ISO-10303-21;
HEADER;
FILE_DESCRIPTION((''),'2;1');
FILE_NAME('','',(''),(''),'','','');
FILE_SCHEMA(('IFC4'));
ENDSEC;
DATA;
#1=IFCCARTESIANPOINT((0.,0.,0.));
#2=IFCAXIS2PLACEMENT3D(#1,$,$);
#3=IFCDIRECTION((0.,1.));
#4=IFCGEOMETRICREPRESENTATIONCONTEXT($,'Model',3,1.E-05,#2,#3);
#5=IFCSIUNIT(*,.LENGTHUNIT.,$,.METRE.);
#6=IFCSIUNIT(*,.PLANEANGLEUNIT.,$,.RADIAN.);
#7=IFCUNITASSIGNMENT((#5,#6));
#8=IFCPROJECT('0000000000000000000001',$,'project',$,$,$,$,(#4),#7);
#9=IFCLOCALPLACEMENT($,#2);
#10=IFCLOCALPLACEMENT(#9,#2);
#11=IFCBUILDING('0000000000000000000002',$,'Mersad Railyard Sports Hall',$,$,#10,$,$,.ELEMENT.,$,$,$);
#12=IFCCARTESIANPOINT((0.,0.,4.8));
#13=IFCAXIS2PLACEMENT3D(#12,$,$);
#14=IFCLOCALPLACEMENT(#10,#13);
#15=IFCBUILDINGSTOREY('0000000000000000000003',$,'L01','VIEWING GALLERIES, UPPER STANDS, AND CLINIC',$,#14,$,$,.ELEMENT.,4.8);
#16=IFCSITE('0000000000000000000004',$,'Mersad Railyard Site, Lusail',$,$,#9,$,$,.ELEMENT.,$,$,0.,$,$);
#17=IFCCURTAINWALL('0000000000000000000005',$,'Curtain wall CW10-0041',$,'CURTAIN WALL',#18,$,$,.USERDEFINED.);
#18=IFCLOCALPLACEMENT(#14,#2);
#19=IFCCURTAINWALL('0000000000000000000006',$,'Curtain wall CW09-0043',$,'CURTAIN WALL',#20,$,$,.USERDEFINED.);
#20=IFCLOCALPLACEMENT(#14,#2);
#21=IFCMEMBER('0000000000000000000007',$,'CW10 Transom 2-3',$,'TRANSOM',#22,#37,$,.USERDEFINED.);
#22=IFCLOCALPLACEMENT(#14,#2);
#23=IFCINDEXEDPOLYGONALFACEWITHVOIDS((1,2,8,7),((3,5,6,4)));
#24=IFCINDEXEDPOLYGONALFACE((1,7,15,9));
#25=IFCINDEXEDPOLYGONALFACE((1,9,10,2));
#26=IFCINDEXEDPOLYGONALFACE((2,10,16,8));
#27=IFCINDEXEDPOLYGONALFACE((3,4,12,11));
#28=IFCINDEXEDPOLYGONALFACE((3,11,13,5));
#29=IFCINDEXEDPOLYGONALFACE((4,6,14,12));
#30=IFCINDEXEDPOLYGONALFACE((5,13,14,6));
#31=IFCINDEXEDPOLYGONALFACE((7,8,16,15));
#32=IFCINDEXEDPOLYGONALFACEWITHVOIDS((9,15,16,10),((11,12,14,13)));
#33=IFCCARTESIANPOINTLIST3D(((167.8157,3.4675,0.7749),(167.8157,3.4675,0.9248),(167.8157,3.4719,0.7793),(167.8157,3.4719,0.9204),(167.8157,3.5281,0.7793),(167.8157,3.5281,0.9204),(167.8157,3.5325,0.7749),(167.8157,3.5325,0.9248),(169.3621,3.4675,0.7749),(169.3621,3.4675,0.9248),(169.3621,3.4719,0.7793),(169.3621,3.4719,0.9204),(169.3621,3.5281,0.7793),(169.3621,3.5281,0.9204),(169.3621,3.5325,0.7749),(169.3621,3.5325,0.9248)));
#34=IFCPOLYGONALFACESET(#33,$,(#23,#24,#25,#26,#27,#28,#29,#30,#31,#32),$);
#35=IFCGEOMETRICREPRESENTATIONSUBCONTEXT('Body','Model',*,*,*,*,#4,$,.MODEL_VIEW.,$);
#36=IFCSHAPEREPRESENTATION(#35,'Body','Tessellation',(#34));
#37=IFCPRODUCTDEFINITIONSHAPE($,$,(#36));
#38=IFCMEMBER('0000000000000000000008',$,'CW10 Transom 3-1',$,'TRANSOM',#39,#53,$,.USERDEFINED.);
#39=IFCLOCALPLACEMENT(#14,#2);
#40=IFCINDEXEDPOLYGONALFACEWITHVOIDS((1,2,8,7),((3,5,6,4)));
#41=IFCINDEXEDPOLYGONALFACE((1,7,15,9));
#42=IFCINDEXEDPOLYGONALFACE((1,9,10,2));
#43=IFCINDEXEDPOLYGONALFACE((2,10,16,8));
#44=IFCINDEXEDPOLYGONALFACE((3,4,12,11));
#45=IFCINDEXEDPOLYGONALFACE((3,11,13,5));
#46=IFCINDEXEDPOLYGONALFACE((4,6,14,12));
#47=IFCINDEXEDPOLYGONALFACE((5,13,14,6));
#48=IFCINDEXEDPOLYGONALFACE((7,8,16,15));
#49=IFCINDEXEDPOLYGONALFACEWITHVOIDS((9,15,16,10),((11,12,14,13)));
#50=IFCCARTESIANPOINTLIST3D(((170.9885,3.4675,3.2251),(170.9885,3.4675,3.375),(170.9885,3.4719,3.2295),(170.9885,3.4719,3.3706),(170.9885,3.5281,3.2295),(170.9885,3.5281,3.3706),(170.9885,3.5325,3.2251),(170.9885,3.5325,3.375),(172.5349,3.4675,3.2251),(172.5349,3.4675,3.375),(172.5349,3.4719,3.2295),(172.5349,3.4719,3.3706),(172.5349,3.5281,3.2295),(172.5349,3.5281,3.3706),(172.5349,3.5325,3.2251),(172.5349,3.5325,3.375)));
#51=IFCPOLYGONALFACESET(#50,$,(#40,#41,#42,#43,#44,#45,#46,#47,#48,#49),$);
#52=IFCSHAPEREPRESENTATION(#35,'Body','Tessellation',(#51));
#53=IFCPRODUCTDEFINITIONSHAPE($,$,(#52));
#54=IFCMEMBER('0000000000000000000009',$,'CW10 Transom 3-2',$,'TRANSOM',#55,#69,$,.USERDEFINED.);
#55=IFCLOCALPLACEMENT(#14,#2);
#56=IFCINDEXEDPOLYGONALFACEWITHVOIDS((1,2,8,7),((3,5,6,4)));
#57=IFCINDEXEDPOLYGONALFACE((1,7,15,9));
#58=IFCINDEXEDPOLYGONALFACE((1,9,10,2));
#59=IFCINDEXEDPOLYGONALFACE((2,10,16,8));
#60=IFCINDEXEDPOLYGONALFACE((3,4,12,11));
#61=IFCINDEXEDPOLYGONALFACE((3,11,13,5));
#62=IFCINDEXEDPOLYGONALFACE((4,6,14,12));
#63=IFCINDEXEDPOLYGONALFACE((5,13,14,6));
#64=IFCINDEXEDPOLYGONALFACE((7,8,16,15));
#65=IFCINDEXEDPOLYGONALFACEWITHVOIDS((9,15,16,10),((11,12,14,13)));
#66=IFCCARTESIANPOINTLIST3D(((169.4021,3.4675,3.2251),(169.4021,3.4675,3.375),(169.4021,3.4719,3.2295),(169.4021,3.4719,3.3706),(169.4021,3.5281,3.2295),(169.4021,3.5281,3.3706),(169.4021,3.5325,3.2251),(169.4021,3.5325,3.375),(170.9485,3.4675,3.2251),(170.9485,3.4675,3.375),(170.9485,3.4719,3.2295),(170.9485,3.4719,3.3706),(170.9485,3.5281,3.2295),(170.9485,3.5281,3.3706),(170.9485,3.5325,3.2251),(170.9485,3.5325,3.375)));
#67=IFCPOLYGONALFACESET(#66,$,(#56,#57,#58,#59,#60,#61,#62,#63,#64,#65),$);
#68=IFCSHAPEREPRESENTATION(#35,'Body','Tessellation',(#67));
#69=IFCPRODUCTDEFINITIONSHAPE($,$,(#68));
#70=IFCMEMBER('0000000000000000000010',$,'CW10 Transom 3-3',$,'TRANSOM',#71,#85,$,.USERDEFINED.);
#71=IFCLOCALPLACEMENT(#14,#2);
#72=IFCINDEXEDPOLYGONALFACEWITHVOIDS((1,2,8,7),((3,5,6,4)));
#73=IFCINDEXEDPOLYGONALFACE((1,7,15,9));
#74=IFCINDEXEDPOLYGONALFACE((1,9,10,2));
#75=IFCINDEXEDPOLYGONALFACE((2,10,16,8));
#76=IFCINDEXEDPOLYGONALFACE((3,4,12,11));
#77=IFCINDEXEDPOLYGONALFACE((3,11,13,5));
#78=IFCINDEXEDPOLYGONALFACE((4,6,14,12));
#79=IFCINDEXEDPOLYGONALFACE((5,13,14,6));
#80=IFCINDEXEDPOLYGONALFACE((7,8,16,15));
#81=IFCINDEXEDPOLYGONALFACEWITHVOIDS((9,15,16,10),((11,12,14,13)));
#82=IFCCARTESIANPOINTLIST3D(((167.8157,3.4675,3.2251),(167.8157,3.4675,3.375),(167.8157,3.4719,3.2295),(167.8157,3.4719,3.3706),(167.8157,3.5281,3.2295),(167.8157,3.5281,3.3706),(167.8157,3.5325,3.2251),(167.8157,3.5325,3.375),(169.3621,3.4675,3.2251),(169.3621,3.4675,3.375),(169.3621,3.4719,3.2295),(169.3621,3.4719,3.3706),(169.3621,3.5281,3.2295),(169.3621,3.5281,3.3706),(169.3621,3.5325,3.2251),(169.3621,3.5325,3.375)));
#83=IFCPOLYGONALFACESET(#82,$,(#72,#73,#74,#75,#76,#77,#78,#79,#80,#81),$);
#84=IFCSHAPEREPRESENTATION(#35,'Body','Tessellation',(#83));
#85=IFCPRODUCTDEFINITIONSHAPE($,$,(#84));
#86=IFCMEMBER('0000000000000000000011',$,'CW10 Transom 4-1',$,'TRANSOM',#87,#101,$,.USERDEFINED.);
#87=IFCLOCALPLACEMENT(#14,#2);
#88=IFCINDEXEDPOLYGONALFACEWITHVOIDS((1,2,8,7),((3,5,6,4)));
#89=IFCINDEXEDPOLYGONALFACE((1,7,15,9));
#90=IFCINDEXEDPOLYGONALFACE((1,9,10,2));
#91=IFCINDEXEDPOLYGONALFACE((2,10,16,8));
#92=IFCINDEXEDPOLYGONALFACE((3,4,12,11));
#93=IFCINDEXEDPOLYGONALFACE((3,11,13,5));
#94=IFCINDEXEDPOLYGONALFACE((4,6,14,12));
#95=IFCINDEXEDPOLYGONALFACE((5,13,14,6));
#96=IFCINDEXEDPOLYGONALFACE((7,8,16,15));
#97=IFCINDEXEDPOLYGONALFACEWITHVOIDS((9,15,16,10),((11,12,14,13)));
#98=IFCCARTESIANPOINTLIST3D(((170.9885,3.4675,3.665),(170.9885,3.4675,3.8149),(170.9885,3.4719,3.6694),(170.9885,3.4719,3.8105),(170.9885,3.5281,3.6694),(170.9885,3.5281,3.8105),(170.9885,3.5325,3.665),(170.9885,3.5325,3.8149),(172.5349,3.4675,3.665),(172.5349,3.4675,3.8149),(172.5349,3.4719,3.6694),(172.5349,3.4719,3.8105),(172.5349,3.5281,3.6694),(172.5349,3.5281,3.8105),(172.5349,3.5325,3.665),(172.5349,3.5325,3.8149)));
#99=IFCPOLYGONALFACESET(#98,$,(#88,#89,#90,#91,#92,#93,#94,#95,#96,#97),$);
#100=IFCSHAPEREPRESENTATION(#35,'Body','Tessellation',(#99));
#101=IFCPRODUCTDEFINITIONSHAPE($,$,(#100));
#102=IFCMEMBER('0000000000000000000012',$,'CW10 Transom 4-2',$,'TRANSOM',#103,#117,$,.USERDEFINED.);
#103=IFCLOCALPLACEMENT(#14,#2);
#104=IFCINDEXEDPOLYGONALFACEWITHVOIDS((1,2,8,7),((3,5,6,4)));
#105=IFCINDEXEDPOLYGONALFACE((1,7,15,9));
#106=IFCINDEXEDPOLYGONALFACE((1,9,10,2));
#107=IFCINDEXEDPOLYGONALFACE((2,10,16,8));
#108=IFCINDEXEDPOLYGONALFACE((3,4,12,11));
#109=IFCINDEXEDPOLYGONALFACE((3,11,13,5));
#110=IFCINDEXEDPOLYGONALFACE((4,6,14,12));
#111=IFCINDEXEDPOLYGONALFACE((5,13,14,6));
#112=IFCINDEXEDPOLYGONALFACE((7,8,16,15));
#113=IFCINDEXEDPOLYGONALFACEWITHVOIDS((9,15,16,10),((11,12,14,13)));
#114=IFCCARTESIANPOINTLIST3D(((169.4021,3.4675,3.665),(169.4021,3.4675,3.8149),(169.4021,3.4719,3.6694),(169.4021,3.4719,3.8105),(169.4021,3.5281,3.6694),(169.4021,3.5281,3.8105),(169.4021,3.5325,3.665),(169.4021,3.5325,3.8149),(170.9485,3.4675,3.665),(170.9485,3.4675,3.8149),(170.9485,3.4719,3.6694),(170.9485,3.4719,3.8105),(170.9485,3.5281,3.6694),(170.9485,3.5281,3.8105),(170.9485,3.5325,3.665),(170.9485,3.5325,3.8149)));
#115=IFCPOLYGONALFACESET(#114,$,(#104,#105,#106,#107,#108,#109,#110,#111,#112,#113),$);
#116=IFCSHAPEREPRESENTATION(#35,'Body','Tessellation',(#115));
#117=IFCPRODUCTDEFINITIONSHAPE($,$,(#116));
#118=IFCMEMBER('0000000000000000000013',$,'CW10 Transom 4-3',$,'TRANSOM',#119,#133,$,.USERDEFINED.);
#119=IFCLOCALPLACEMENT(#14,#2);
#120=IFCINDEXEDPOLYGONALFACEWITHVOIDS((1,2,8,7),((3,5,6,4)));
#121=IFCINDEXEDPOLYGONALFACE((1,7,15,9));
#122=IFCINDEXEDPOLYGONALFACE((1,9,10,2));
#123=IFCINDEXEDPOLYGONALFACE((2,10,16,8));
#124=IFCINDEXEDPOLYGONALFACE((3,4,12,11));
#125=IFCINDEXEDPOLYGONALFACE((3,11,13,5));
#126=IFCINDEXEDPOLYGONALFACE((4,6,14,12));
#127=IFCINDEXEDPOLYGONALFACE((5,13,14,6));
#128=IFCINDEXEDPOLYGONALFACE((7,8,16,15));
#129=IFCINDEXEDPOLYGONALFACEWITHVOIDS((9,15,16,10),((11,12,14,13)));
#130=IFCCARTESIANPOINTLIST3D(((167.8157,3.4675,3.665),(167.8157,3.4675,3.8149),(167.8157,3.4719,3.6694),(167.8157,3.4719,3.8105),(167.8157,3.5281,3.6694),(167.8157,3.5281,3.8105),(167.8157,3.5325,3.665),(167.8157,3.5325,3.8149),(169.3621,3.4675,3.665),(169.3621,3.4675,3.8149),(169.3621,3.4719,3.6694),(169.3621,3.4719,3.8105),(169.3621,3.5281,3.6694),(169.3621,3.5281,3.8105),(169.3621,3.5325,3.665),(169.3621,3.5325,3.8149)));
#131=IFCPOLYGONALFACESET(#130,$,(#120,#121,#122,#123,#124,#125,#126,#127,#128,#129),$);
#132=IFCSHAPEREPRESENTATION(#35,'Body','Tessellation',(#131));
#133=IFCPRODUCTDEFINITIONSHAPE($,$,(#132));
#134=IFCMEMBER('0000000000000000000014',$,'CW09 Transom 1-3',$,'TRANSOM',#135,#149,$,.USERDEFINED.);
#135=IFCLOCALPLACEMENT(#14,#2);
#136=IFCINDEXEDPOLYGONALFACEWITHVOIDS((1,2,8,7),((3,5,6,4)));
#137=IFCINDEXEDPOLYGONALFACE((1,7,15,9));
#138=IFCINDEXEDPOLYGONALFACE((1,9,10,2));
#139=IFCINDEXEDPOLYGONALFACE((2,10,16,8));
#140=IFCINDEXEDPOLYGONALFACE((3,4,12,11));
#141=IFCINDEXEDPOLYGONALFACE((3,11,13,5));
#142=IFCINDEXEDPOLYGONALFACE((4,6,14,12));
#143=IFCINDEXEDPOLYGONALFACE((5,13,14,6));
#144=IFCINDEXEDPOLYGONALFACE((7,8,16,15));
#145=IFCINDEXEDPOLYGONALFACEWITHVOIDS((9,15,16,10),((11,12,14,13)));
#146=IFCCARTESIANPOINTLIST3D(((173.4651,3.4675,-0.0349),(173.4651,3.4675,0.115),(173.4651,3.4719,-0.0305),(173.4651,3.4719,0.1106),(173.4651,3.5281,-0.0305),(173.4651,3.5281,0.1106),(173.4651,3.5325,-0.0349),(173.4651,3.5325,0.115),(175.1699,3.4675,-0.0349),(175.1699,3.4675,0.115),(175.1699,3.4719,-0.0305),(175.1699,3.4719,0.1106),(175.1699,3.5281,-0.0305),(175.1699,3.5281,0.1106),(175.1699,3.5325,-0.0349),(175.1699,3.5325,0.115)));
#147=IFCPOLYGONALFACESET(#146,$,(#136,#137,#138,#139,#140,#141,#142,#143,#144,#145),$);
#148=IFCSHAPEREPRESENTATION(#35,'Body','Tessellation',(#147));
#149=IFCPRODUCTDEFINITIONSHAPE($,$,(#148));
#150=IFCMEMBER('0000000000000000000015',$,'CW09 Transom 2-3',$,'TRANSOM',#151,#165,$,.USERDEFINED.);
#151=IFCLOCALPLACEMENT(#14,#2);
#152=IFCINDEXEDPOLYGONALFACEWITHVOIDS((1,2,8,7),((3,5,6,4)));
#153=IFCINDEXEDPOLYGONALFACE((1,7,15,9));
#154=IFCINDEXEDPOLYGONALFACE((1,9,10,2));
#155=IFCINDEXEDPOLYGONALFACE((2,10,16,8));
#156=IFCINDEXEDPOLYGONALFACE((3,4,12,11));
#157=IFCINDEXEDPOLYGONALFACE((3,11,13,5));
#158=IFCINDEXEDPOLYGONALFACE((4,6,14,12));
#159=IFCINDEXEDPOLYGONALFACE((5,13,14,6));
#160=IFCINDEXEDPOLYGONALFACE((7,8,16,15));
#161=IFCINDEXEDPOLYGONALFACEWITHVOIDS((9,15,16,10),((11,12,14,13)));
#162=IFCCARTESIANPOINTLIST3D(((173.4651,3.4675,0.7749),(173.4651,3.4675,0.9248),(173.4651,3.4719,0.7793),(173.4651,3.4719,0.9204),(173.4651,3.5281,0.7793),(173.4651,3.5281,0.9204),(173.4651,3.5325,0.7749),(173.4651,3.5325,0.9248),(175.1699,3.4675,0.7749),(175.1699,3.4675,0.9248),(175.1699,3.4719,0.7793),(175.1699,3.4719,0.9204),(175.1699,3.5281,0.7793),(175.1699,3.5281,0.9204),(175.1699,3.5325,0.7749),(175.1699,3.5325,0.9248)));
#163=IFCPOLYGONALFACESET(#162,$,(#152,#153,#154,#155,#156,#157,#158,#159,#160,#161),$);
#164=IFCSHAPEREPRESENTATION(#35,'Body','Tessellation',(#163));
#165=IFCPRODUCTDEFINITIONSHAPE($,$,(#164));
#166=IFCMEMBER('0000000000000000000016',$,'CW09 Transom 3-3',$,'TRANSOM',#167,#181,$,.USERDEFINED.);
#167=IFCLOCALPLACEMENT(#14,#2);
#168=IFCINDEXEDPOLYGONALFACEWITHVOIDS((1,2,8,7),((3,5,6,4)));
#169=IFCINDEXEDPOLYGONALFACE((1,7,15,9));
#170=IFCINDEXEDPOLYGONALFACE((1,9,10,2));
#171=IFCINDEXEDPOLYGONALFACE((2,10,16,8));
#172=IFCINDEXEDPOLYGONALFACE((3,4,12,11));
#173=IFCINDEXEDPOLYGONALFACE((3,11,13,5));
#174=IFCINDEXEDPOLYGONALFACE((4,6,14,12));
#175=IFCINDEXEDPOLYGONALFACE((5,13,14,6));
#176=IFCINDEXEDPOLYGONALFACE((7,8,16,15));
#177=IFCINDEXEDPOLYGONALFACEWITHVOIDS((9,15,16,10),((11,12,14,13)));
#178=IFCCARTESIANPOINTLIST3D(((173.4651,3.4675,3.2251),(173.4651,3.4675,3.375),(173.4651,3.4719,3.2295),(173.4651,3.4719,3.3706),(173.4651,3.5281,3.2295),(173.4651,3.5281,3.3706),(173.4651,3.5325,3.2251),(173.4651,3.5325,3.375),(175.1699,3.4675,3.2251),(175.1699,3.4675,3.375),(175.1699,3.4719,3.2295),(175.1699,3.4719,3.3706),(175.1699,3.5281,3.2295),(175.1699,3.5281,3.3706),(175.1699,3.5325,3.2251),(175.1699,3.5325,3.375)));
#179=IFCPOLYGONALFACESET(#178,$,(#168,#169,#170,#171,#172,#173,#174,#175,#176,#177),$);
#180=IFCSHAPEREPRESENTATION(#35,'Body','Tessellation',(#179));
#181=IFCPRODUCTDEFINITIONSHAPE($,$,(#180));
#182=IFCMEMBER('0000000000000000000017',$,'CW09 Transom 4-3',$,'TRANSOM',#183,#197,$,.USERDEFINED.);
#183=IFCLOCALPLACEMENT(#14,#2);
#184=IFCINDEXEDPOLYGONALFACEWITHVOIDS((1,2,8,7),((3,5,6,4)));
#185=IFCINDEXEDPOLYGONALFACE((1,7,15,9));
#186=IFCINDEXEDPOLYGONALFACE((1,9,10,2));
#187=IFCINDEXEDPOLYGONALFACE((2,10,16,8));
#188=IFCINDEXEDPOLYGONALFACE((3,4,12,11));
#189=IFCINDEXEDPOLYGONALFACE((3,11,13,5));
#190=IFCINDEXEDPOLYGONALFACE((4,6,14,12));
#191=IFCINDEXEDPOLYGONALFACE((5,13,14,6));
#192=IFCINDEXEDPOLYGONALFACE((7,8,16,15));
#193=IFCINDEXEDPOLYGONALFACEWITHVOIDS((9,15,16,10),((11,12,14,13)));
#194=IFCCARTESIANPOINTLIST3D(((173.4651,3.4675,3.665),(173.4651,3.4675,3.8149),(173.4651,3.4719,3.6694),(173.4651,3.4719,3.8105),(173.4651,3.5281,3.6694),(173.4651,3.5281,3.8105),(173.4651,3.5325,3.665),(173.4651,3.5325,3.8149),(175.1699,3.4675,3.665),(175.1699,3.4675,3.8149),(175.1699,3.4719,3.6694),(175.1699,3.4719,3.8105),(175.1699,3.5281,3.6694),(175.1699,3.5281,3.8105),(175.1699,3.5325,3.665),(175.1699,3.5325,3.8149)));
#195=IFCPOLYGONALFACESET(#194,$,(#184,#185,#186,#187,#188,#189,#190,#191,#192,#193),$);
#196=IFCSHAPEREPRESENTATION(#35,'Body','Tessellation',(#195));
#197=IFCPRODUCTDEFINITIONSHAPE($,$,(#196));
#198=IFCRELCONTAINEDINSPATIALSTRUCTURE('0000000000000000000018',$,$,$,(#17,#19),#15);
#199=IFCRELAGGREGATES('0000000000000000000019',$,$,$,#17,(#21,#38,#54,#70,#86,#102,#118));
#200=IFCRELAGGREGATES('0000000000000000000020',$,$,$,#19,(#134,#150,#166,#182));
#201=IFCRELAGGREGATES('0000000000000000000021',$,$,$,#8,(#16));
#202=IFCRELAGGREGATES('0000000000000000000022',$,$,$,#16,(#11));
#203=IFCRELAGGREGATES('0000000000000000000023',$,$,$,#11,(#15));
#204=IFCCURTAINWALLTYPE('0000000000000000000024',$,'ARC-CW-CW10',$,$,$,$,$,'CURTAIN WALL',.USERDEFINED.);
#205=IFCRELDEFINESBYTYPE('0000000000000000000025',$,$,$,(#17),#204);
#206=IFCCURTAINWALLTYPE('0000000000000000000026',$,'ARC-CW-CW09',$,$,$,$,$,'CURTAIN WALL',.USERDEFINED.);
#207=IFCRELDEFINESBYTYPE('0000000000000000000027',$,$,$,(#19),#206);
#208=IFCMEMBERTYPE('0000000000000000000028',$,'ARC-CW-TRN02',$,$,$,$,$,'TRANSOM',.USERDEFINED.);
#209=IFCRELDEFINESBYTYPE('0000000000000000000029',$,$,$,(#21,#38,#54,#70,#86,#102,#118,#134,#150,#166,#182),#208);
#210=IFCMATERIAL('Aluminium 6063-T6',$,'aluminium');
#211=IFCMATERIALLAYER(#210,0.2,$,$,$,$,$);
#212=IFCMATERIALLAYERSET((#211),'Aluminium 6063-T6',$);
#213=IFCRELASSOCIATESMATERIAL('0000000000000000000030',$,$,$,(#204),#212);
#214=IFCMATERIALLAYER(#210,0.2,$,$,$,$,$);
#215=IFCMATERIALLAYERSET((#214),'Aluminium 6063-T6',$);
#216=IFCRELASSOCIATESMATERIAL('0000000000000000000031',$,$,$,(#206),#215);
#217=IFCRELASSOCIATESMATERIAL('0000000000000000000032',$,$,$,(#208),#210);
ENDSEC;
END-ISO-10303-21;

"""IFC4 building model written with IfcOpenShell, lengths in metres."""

from ifc_helpers import new_model, si_unit, direction, frame, origin, origin_2d, place, context, subcontext, project, spatial, hollow_rectangle, extrude, material, layer, layer_set, material_profile, profile_set, type_object, element, aggregate, save


model = new_model("IFC4")

# Units and contexts
model_context = context("Model", 3, precision=1e-05, world=origin(), true_north=direction((0.0, 1.0)))
body_context = subcontext(model_context, "Body", "Model", "MODEL_VIEW")
ifc_project = project(units=[si_unit("LENGTHUNIT", "METRE"), si_unit("PLANEANGLEUNIT", "RADIAN")], contexts=[model_context])

# Site, building, storey
site_placement = place(None, origin())
site = spatial("IfcSite", under=ifc_project, at=site_placement, Name="Mersad Railyard Site, Lusail", CompositionType="ELEMENT", RefElevation=0.0)
building_placement = place(site_placement, origin())
building = spatial("IfcBuilding", under=site, at=building_placement, Name="Mersad Railyard Sports Hall", CompositionType="ELEMENT")
storey_placement = place(building_placement, frame((0.0, 0.0, 4.8)))
storey = spatial("IfcBuildingStorey", under=building, at=storey_placement, Name="L01", Description="VIEWING GALLERIES, UPPER STANDS, AND CLINIC", CompositionType="ELEMENT", Elevation=4.8)

# Curtain wall
ifc_material_1 = material(Name="Aluminium 6063-T6", Category="aluminium")
ifc_layer_1 = layer(ifc_material_1, 0.2)
ifc_layer_set_1 = layer_set([ifc_layer_1], Name="Aluminium 6063-T6")
curtain_wall_type_1 = type_object("IfcCurtainWallType", Name="ARC-CW-CW10", ElementType="CURTAIN WALL", PredefinedType="USERDEFINED", material=ifc_layer_set_1)
curtain_wall_1_placement = place(storey_placement, origin())
curtain_wall_1 = element("IfcCurtainWall", 1, at=curtain_wall_1_placement, inside=storey, type_object=curtain_wall_type_1, Name="Curtain wall CW10-0041", ObjectType="CURTAIN WALL", PredefinedType="USERDEFINED")

# Curtain wall
ifc_layer_2 = layer(ifc_material_1, 0.2)
ifc_layer_set_2 = layer_set([ifc_layer_2], Name="Aluminium 6063-T6")
curtain_wall_type_2 = type_object("IfcCurtainWallType", Name="ARC-CW-CW09", ElementType="CURTAIN WALL", PredefinedType="USERDEFINED", material=ifc_layer_set_2)
curtain_wall_2_placement = place(storey_placement, origin())
curtain_wall_2 = element("IfcCurtainWall", 2, at=curtain_wall_2_placement, inside=storey, type_object=curtain_wall_type_2, Name="Curtain wall CW09-0043", ObjectType="CURTAIN WALL", PredefinedType="USERDEFINED")

# Members
ifc_material_profile_1 = material_profile(ifc_material_1, hollow_rectangle(XDim=0.0649, YDim=0.1499, WallThickness=0.0044, at=origin_2d()), Name="AL TRANSOM 65x150x4.5")
ifc_profile_set_1 = profile_set([ifc_material_profile_1], Name="Aluminium 6063-T6")
member_type_1 = type_object("IfcMemberType", Name="ARC-CW-TRN02", ElementType="TRANSOM", PredefinedType="USERDEFINED", material=ifc_profile_set_1)
member_1_placement = place(storey_placement, frame((169.3621, 3.5, 0.8499), z_axis=(-1.0, 0.0, 0.0), x_axis=(0.0, -1.0, 0.0)))
member_1 = element("IfcMember", 3, at=member_1_placement, type_object=member_type_1, Name="CW10 Transom 2-3", ObjectType="TRANSOM", PredefinedType="USERDEFINED", context=body_context, shape_type="SweptSolid", body=[
    extrude(hollow_rectangle(XDim=0.0649, YDim=0.1499, WallThickness=0.0044, at=origin_2d()), origin(), (0.0, 0.0, 1.0), 1.5464),
])
member_2_placement = place(storey_placement, frame((172.5349, 3.5, 3.3), z_axis=(-1.0, 0.0, 0.0), x_axis=(0.0, -1.0, 0.0)))
member_2 = element("IfcMember", 4, at=member_2_placement, type_object=member_type_1, Name="CW10 Transom 3-1", ObjectType="TRANSOM", PredefinedType="USERDEFINED", context=body_context, shape_type="SweptSolid", body=[
    extrude(hollow_rectangle(XDim=0.0649, YDim=0.1499, WallThickness=0.0044, at=origin_2d()), origin(), (0.0, 0.0, 1.0), 1.5464),
])
member_3_placement = place(storey_placement, frame((170.9485, 3.5, 3.3), z_axis=(-1.0, 0.0, 0.0), x_axis=(0.0, -1.0, 0.0)))
member_3 = element("IfcMember", 5, at=member_3_placement, type_object=member_type_1, Name="CW10 Transom 3-2", ObjectType="TRANSOM", PredefinedType="USERDEFINED", context=body_context, shape_type="SweptSolid", body=[
    extrude(hollow_rectangle(XDim=0.0649, YDim=0.1499, WallThickness=0.0044, at=origin_2d()), origin(), (0.0, 0.0, 1.0), 1.5464),
])
member_4_placement = place(storey_placement, frame((169.3621, 3.5, 3.3), z_axis=(-1.0, 0.0, 0.0), x_axis=(0.0, -1.0, 0.0)))
member_4 = element("IfcMember", 6, at=member_4_placement, type_object=member_type_1, Name="CW10 Transom 3-3", ObjectType="TRANSOM", PredefinedType="USERDEFINED", context=body_context, shape_type="SweptSolid", body=[
    extrude(hollow_rectangle(XDim=0.0649, YDim=0.1499, WallThickness=0.0044, at=origin_2d()), origin(), (0.0, 0.0, 1.0), 1.5464),
])
member_5_placement = place(storey_placement, frame((172.5349, 3.5, 3.74), z_axis=(-1.0, 0.0, 0.0), x_axis=(0.0, -1.0, 0.0)))
member_5 = element("IfcMember", 7, at=member_5_placement, type_object=member_type_1, Name="CW10 Transom 4-1", ObjectType="TRANSOM", PredefinedType="USERDEFINED", context=body_context, shape_type="SweptSolid", body=[
    extrude(hollow_rectangle(XDim=0.0649, YDim=0.1499, WallThickness=0.0044, at=origin_2d()), origin(), (0.0, 0.0, 1.0), 1.5464),
])
member_6_placement = place(storey_placement, frame((170.9485, 3.5, 3.74), z_axis=(-1.0, 0.0, 0.0), x_axis=(0.0, -1.0, 0.0)))
member_6 = element("IfcMember", 8, at=member_6_placement, type_object=member_type_1, Name="CW10 Transom 4-2", ObjectType="TRANSOM", PredefinedType="USERDEFINED", context=body_context, shape_type="SweptSolid", body=[
    extrude(hollow_rectangle(XDim=0.0649, YDim=0.1499, WallThickness=0.0044, at=origin_2d()), origin(), (0.0, 0.0, 1.0), 1.5464),
])
member_7_placement = place(storey_placement, frame((169.3621, 3.5, 3.74), z_axis=(-1.0, 0.0, 0.0), x_axis=(0.0, -1.0, 0.0)))
member_7 = element("IfcMember", 9, at=member_7_placement, type_object=member_type_1, Name="CW10 Transom 4-3", ObjectType="TRANSOM", PredefinedType="USERDEFINED", context=body_context, shape_type="SweptSolid", body=[
    extrude(hollow_rectangle(XDim=0.0649, YDim=0.1499, WallThickness=0.0044, at=origin_2d()), origin(), (0.0, 0.0, 1.0), 1.5464),
])
member_8_placement = place(storey_placement, frame((175.1699, 3.5, 0.04), z_axis=(-1.0, 0.0, 0.0), x_axis=(0.0, -1.0, 0.0)))
member_8 = element("IfcMember", 10, at=member_8_placement, type_object=member_type_1, Name="CW09 Transom 1-3", ObjectType="TRANSOM", PredefinedType="USERDEFINED", context=body_context, shape_type="SweptSolid", body=[
    extrude(hollow_rectangle(XDim=0.0649, YDim=0.1499, WallThickness=0.0044, at=origin_2d()), origin(), (0.0, 0.0, 1.0), 1.7048),
])
member_9_placement = place(storey_placement, frame((175.1699, 3.5, 0.8499), z_axis=(-1.0, 0.0, 0.0), x_axis=(0.0, -1.0, 0.0)))
member_9 = element("IfcMember", 11, at=member_9_placement, type_object=member_type_1, Name="CW09 Transom 2-3", ObjectType="TRANSOM", PredefinedType="USERDEFINED", context=body_context, shape_type="SweptSolid", body=[
    extrude(hollow_rectangle(XDim=0.0649, YDim=0.1499, WallThickness=0.0044, at=origin_2d()), origin(), (0.0, 0.0, 1.0), 1.7048),
])
member_10_placement = place(storey_placement, frame((175.1699, 3.5, 3.3), z_axis=(-1.0, 0.0, 0.0), x_axis=(0.0, -1.0, 0.0)))
member_10 = element("IfcMember", 12, at=member_10_placement, type_object=member_type_1, Name="CW09 Transom 3-3", ObjectType="TRANSOM", PredefinedType="USERDEFINED", context=body_context, shape_type="SweptSolid", body=[
    extrude(hollow_rectangle(XDim=0.0649, YDim=0.1499, WallThickness=0.0044, at=origin_2d()), origin(), (0.0, 0.0, 1.0), 1.7048),
])
member_11_placement = place(storey_placement, frame((175.1699, 3.5, 3.74), z_axis=(-1.0, 0.0, 0.0), x_axis=(0.0, -1.0, 0.0)))
member_11 = element("IfcMember", 13, at=member_11_placement, type_object=member_type_1, Name="CW09 Transom 4-3", ObjectType="TRANSOM", PredefinedType="USERDEFINED", context=body_context, shape_type="SweptSolid", body=[
    extrude(hollow_rectangle(XDim=0.0649, YDim=0.1499, WallThickness=0.0044, at=origin_2d()), origin(), (0.0, 0.0, 1.0), 1.7048),
])

aggregate(curtain_wall_1, [member_1, member_2, member_3, member_4, member_5, member_6, member_7])
aggregate(curtain_wall_2, [member_8, member_9, member_10, member_11])

save(model, "model.ifc")
